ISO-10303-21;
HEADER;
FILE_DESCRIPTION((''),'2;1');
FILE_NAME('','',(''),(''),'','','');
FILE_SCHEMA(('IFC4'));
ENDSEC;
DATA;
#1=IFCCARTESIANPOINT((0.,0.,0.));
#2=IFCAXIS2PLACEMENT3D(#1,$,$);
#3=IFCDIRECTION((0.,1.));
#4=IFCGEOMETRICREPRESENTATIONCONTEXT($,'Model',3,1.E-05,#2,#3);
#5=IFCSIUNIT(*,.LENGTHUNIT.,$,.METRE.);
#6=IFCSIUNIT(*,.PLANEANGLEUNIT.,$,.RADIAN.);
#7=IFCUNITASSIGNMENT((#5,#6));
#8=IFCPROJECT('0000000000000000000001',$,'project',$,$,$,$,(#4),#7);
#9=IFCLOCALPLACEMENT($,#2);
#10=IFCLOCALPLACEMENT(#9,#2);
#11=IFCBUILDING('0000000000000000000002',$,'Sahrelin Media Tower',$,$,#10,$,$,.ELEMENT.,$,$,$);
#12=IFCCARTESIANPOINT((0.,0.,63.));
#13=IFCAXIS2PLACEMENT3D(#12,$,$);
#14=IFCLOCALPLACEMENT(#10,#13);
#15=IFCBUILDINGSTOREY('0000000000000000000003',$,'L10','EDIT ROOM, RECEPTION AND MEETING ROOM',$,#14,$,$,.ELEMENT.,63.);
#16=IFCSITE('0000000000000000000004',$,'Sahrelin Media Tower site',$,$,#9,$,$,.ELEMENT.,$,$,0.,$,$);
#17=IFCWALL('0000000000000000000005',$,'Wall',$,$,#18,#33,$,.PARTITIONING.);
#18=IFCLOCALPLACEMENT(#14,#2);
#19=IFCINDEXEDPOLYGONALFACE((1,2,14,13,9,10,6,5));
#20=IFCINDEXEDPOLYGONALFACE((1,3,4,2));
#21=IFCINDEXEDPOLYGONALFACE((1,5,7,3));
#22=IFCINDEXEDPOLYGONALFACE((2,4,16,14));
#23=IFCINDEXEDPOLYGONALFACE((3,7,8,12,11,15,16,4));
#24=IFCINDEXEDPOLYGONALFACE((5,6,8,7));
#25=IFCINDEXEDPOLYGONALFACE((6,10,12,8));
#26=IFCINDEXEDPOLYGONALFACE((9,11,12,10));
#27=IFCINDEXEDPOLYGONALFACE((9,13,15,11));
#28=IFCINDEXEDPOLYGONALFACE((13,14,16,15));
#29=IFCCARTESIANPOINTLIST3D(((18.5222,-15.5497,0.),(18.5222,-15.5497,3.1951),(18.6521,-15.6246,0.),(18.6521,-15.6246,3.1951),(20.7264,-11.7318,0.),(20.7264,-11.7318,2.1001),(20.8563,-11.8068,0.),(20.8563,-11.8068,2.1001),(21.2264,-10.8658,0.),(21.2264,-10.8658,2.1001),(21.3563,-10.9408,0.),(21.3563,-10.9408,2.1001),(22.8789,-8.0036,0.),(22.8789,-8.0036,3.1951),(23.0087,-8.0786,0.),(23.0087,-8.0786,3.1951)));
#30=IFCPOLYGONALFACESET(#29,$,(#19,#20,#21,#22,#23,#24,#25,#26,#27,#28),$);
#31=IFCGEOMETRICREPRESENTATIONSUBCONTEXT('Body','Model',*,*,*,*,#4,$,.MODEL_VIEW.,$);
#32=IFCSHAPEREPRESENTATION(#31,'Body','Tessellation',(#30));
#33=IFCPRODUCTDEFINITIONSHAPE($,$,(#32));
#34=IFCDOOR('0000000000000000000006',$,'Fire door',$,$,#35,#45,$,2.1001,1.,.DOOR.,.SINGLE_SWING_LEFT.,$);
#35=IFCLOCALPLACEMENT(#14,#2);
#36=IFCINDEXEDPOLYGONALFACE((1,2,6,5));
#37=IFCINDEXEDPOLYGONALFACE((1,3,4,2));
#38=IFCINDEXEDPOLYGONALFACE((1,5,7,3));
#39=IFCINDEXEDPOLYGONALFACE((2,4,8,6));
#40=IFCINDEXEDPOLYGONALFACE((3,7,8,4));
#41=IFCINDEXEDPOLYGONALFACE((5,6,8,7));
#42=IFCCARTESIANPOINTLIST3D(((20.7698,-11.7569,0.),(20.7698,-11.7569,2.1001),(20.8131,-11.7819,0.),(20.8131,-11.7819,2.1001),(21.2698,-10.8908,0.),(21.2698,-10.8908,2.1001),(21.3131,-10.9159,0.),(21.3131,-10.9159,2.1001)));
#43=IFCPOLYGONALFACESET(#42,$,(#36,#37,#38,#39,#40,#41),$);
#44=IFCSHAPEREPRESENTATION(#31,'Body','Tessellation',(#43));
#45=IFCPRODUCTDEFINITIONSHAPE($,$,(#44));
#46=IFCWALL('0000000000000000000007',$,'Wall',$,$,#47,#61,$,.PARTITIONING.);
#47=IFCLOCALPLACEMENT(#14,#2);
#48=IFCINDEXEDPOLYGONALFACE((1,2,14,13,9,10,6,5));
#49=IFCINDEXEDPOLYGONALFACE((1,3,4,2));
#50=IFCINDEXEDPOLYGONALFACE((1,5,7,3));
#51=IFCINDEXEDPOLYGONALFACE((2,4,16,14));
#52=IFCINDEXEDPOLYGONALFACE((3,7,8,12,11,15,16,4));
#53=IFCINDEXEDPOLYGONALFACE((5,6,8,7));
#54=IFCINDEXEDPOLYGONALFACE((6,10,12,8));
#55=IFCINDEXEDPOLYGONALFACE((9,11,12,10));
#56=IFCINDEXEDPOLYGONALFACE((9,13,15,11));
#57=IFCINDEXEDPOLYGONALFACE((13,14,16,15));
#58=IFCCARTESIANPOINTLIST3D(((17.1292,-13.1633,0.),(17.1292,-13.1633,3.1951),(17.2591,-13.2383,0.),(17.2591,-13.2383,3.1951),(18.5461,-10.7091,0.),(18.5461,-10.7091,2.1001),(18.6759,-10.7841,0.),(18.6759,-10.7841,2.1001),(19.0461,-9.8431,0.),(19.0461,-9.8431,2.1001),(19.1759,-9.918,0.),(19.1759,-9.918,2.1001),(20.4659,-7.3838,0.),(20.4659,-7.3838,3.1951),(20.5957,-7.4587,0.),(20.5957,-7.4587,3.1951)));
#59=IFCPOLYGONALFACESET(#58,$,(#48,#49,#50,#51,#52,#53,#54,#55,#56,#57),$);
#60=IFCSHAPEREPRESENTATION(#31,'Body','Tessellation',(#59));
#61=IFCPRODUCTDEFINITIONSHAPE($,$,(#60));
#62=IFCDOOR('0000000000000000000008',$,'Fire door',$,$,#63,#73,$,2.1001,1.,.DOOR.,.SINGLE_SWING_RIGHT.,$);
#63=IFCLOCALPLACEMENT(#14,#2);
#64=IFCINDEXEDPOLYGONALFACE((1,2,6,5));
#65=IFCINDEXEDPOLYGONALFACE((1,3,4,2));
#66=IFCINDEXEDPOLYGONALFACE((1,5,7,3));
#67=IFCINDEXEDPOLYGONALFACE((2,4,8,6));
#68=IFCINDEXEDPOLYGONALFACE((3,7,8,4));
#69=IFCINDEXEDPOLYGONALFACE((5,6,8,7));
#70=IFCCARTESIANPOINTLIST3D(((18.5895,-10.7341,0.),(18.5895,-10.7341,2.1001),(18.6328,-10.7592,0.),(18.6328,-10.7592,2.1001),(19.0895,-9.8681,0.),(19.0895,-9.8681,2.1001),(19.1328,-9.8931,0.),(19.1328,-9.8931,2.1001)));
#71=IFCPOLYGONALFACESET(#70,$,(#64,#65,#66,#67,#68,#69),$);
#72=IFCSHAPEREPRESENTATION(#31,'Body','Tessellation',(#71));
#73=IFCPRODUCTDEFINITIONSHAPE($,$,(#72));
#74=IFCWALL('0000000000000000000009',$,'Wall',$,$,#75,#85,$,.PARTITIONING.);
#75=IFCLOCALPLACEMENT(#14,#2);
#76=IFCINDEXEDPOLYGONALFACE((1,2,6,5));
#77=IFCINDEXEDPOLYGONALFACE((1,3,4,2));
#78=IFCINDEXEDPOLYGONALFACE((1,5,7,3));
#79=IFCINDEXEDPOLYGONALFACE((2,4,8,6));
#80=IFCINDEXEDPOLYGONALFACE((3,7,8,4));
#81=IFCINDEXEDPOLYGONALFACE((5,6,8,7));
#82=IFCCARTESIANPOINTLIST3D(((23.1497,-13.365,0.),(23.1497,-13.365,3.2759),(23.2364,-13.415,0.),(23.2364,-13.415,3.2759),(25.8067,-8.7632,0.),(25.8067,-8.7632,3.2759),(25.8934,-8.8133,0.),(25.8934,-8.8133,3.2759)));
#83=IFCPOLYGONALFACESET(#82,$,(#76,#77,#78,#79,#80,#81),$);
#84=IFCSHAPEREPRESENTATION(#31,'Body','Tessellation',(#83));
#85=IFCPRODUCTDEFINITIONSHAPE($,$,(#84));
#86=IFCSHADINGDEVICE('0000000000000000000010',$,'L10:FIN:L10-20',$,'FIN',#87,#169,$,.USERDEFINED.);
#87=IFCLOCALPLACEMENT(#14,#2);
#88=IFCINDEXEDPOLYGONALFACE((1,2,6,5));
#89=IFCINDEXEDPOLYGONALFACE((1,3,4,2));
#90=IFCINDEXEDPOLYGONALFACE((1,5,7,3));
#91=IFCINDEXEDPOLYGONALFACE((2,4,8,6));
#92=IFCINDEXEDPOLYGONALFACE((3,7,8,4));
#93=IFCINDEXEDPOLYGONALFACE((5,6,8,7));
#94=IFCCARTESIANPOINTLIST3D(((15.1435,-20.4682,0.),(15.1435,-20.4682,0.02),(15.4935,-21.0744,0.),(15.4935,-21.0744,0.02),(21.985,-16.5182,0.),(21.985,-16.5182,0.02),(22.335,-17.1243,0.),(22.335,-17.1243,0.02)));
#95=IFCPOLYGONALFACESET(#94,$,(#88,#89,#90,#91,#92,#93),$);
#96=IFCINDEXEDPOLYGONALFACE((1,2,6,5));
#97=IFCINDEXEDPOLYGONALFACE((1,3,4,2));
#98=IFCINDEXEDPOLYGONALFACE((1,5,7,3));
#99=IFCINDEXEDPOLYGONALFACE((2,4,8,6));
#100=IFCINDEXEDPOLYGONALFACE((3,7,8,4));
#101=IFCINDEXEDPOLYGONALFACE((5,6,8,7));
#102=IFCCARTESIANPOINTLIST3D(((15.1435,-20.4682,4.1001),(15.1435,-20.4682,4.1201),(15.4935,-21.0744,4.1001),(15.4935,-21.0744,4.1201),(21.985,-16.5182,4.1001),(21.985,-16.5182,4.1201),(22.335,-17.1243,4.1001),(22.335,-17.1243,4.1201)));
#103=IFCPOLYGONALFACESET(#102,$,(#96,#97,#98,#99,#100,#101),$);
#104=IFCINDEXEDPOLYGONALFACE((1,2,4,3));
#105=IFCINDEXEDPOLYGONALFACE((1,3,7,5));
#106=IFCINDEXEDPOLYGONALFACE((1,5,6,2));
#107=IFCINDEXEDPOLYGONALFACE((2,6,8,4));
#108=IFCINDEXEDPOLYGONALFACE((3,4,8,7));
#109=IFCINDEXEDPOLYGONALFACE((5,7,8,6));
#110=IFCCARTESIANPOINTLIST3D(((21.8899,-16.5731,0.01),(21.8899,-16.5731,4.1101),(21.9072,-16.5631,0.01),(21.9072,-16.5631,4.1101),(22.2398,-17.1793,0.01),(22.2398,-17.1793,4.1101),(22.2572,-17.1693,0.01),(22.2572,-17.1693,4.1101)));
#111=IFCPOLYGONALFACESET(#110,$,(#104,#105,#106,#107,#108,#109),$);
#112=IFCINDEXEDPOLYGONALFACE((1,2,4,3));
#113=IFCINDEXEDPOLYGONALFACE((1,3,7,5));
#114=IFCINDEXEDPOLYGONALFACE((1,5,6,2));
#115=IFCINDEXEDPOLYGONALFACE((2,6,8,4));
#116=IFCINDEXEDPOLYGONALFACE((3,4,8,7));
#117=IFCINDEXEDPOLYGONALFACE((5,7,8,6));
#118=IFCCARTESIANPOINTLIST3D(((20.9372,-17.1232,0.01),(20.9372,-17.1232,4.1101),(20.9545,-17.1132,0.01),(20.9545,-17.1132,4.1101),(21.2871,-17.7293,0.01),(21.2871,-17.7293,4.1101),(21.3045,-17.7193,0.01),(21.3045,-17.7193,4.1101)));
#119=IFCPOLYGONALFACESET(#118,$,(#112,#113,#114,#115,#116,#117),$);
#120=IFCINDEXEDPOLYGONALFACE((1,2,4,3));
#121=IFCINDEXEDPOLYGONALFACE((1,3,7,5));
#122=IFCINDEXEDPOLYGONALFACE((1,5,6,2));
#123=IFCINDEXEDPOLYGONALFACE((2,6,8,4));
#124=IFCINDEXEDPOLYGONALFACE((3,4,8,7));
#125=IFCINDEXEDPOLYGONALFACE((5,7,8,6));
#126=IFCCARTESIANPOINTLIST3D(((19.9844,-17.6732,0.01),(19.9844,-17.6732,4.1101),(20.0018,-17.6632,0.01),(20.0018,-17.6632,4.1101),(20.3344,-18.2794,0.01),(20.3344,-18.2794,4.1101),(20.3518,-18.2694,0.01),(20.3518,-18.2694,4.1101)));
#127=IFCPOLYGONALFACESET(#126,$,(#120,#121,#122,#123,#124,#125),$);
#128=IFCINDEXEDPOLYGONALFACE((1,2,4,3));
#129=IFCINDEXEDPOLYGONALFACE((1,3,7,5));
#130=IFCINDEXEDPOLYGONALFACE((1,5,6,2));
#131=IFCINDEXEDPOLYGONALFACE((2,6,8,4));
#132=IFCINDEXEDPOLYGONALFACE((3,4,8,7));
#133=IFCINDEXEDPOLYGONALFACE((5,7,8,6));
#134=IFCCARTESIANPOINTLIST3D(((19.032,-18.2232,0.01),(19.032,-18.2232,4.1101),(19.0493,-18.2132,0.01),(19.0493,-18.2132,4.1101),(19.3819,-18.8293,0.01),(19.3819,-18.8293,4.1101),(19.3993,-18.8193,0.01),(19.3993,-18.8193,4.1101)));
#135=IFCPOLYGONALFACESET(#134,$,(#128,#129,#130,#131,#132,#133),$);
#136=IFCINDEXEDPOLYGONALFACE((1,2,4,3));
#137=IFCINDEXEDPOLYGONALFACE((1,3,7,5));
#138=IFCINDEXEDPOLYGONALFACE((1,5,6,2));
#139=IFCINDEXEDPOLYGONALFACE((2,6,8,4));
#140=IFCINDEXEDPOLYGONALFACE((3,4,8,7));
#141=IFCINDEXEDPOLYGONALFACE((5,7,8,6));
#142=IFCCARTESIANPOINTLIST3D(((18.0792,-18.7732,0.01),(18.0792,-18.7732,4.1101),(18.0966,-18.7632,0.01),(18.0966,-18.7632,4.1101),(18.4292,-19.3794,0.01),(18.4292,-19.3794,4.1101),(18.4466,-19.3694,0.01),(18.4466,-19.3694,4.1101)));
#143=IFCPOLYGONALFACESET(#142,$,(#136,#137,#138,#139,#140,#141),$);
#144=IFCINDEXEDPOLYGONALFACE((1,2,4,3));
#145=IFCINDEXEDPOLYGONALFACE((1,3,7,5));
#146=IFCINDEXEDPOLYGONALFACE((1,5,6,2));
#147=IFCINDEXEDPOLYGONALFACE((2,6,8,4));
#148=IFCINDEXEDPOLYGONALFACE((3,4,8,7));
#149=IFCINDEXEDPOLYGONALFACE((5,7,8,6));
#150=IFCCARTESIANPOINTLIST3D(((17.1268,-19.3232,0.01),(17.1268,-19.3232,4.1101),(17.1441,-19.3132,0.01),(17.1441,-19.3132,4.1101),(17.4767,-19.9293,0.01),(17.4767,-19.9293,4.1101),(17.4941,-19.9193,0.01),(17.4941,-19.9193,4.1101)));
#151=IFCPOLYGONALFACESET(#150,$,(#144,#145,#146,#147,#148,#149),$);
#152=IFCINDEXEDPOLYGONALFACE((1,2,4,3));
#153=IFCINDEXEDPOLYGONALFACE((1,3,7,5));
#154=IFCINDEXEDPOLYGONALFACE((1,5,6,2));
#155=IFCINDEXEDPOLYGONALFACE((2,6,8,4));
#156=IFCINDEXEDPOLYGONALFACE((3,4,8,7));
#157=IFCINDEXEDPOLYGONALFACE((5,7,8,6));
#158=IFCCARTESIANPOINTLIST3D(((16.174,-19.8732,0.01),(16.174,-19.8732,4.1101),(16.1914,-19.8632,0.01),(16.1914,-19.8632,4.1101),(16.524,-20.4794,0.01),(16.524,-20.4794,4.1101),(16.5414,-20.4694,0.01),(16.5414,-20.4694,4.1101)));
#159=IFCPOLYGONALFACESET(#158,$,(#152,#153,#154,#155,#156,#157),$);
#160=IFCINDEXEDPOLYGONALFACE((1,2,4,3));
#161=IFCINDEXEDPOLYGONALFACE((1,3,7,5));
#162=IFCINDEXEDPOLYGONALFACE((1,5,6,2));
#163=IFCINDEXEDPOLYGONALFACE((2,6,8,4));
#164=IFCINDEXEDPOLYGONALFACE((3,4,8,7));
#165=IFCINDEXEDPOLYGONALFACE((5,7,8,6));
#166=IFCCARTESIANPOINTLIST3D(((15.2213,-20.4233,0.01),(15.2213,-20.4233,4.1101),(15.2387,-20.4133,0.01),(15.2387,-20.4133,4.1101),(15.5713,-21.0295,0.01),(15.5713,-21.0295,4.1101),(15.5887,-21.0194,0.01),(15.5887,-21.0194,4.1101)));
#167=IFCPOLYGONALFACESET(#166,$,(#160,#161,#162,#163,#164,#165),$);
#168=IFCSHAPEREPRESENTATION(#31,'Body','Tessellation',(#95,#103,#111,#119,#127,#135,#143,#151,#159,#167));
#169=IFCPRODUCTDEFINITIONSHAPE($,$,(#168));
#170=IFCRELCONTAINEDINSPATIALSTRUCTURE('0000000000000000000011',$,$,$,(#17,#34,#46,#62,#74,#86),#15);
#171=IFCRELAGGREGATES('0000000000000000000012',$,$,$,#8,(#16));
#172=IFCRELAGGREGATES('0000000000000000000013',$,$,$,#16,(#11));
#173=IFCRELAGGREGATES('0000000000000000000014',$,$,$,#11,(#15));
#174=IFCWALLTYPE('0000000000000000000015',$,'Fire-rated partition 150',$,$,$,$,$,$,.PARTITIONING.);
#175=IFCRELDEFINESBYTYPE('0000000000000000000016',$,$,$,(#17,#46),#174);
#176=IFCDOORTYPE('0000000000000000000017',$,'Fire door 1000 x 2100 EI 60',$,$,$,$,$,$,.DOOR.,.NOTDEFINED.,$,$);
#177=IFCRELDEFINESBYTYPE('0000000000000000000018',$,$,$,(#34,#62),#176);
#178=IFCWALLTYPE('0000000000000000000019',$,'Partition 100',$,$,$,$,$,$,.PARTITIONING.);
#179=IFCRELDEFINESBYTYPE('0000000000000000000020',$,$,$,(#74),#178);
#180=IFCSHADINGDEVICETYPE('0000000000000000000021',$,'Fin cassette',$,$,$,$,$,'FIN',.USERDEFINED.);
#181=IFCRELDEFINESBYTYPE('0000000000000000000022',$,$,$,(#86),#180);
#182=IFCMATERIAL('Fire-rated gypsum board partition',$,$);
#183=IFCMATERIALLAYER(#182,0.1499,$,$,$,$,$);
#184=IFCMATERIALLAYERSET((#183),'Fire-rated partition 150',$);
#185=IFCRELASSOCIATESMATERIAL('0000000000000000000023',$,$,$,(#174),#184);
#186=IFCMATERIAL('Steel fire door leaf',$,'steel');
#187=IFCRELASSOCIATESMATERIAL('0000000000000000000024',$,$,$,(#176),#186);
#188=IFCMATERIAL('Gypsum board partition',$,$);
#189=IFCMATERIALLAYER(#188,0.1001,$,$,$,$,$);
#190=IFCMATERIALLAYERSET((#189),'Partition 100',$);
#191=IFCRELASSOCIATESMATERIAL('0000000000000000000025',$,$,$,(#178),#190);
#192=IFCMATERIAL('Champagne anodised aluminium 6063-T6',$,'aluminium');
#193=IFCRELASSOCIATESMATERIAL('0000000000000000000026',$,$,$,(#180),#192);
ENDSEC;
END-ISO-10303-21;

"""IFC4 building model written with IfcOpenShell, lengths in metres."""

from ifc_helpers import new_model, si_unit, direction, frame, frame_2d, origin, origin_2d, place, context, subcontext, project, spatial, rectangle, extrude, material, layer, layer_set, type_object, element, fill, save


model = new_model("IFC4")

# Units and contexts
model_context = context("Model", 3, precision=1e-05, world=origin(), true_north=direction((0.0, 1.0)))
body_context = subcontext(model_context, "Body", "Model", "MODEL_VIEW")
ifc_project = project(units=[si_unit("LENGTHUNIT", "METRE"), si_unit("PLANEANGLEUNIT", "RADIAN")], contexts=[model_context])

# Site, building, storey
site_placement = place(None, origin())
site = spatial("IfcSite", under=ifc_project, at=site_placement, Name="Sahrelin Media Tower site", CompositionType="ELEMENT", RefElevation=0.0)
building_placement = place(site_placement, origin())
building = spatial("IfcBuilding", under=site, at=building_placement, Name="Sahrelin Media Tower", CompositionType="ELEMENT")
storey_placement = place(building_placement, frame((0.0, 0.0, 63.0)))
storey = spatial("IfcBuildingStorey", under=building, at=storey_placement, Name="L10", Description="EDIT ROOM, RECEPTION AND MEETING ROOM", CompositionType="ELEMENT", Elevation=63.0)

# Shared definitions
ifc_material_1 = material(Name="Champagne anodised aluminium 6063-T6", Category="aluminium")

# Shared definitions
ifc_material_2 = material(Name="Fire-rated gypsum board partition")
ifc_layer_1 = layer(ifc_material_2, 0.1499)
ifc_layer_set_1 = layer_set([ifc_layer_1], Name="Fire-rated partition 150")
wall_type_1 = type_object("IfcWallType", Name="Fire-rated partition 150", PredefinedType="PARTITIONING", material=ifc_layer_set_1)

# Walls, openings, doors
wall_1_placement = place(storey_placement, frame((18.5872, -15.5872, 0.0), z_axis=(0.0, 0.0, 1.0), x_axis=(0.499993, 0.866029, 0.0)))
wall_1 = element("IfcWall", 1, at=wall_1_placement, inside=storey, type_object=wall_type_1, Name="Wall", PredefinedType="PARTITIONING", context=body_context, shape_type="SweptSolid", body=[
    extrude(rectangle(XDim=8.7134, YDim=0.1499, at=frame_2d((4.3567, 0.0))), origin(), (0.0, 0.0, 1.0), 3.1951),
])
opening_1_placement = place(wall_1_placement, frame((4.4084, 0.0, 0.0)))
opening_1 = element("IfcOpeningElement", 2, at=opening_1_placement, cuts=wall_1, PredefinedType="OPENING", context=body_context, shape_type="SweptSolid", body=[
    extrude(rectangle(XDim=1.0, YDim=2.1001, at=frame_2d((0.5, 1.05))), frame((0.0, 0.075, 0.0), z_axis=(0.0, -1.0, 0.0), x_axis=(1.0, 0.0, 0.0)), (0.0, 0.0, 1.0), 0.1499),
])
ifc_material_3 = material(Name="Steel fire door leaf", Category="steel")
door_type = type_object("IfcDoorType", Name="Fire door 1000 x 2100 EI 60", OperationType="NOTDEFINED", PredefinedType="DOOR", material=ifc_material_3)
door_1_placement = place(opening_1_placement, origin())
door_1 = element("IfcDoor", 3, at=door_1_placement, inside=storey, type_object=door_type, Name="Fire door", OperationType="SINGLE_SWING_LEFT", OverallHeight=2.1001, OverallWidth=1.0, PredefinedType="DOOR", context=body_context, shape_type="SweptSolid", body=[
    extrude(rectangle(XDim=1.0, YDim=2.1001, at=frame_2d((0.5, 1.05))), frame((0.0, 0.0249, 0.0), z_axis=(0.0, -1.0, 0.0), x_axis=(1.0, 0.0, 0.0)), (0.0, 0.0, 1.0), 0.05),
])
fill(opening_1, door_1)
wall_2_placement = place(storey_placement, frame((17.1941, -13.2009, 0.0), z_axis=(0.0, 0.0, 1.0), x_axis=(0.499983, 0.866035, 0.0)))
wall_2 = element("IfcWall", 4, at=wall_2_placement, inside=storey, type_object=wall_type_1, Name="Wall", PredefinedType="PARTITIONING", context=body_context, shape_type="SweptSolid", body=[
    extrude(rectangle(XDim=6.6736, YDim=0.1499, at=frame_2d((3.3369, 0.0))), origin(), (0.0, 0.0, 1.0), 3.1951),
])
opening_2_placement = place(wall_2_placement, frame((2.834, 0.0, 0.0)))
opening_2 = element("IfcOpeningElement", 5, at=opening_2_placement, cuts=wall_2, PredefinedType="OPENING", context=body_context, shape_type="SweptSolid", body=[
    extrude(rectangle(XDim=1.0, YDim=2.1001, at=frame_2d((0.5, 1.05))), frame((0.0, 0.075, 0.0), z_axis=(0.0, -1.0, 0.0), x_axis=(1.0, 0.0, 0.0)), (0.0, 0.0, 1.0), 0.1499),
])
door_2_placement = place(opening_2_placement, origin())
door_2 = element("IfcDoor", 6, at=door_2_placement, inside=storey, type_object=door_type, Name="Fire door", OperationType="SINGLE_SWING_RIGHT", OverallHeight=2.1001, OverallWidth=1.0, PredefinedType="DOOR", context=body_context, shape_type="SweptSolid", body=[
    extrude(rectangle(XDim=1.0, YDim=2.1001, at=frame_2d((0.5, 1.05))), frame((0.0, 0.0249, 0.0), z_axis=(0.0, -1.0, 0.0), x_axis=(1.0, 0.0, 0.0)), (0.0, 0.0, 1.0), 0.05),
])
fill(opening_2, door_2)

# Wall
ifc_material_4 = material(Name="Gypsum board partition")
ifc_layer_2 = layer(ifc_material_4, 0.1001)
ifc_layer_set_2 = layer_set([ifc_layer_2], Name="Partition 100")
wall_type_2 = type_object("IfcWallType", Name="Partition 100", PredefinedType="PARTITIONING", material=ifc_layer_set_2)
wall_3_placement = place(storey_placement, frame((23.1931, -13.3899, 0.0), z_axis=(0.0, 0.0, 1.0), x_axis=(0.500018, 0.866015, 0.0)))
element("IfcWall", 7, at=wall_3_placement, inside=storey, type_object=wall_type_2, Name="Wall", PredefinedType="PARTITIONING", context=body_context, shape_type="SweptSolid", body=[
    extrude(rectangle(XDim=5.3137, YDim=0.1001, at=frame_2d((2.6567, 0.0))), origin(), (0.0, 0.0, 1.0), 3.2759),
])

# Shading device
shading_device_type_1 = type_object("IfcShadingDeviceType", Name="Fin cassette", ElementType="FIN", PredefinedType="USERDEFINED", material=ifc_material_1)
placement_1 = place(storey_placement, frame((18.5293, -18.4326, 0.0), z_axis=(0.0, 0.0, 1.0), x_axis=(-0.866019, -0.500011, 0.0)))
element("IfcShadingDevice", 8, at=placement_1, inside=storey, type_object=shading_device_type_1, Name="L10:FIN:L10-20", ObjectType="FIN", PredefinedType="USERDEFINED", context=body_context, shape_type="SweptSolid", body=[
    extrude(rectangle(XDim=7.8999, YDim=0.7, at=origin_2d()), frame((0.0, 0.4199, 0.0)), (0.0, 0.0, 1.0), 0.02),
    extrude(rectangle(XDim=7.8999, YDim=0.7, at=origin_2d()), frame((0.0, 0.4199, 4.1001)), (0.0, 0.0, 1.0), 0.02),
    extrude(rectangle(XDim=0.02, YDim=0.7, at=origin_2d()), frame((-3.8501, 0.4199, 0.01), z_axis=(0.0, 0.0, 1.0), x_axis=(1.0, 0.0, 0.0)), (0.0, 0.0, 1.0), 4.1001),
    extrude(rectangle(XDim=0.02, YDim=0.7, at=origin_2d()), frame((-2.75, 0.4199, 0.01), z_axis=(0.0, 0.0, 1.0), x_axis=(1.0, 0.0, 0.0)), (0.0, 0.0, 1.0), 4.1001),
    extrude(rectangle(XDim=0.02, YDim=0.7, at=origin_2d()), frame((-1.6499, 0.4199, 0.01), z_axis=(0.0, 0.0, 1.0), x_axis=(1.0, 0.0, 0.0)), (0.0, 0.0, 1.0), 4.1001),
    extrude(rectangle(XDim=0.02, YDim=0.7, at=origin_2d()), frame((-0.55, 0.4199, 0.01), z_axis=(0.0, 0.0, 1.0), x_axis=(1.0, 0.0, 0.0)), (0.0, 0.0, 1.0), 4.1001),
    extrude(rectangle(XDim=0.02, YDim=0.7, at=origin_2d()), frame((0.55, 0.4199, 0.01), z_axis=(0.0, 0.0, 1.0), x_axis=(1.0, 0.0, 0.0)), (0.0, 0.0, 1.0), 4.1001),
    extrude(rectangle(XDim=0.02, YDim=0.7, at=origin_2d()), frame((1.6499, 0.4199, 0.01), z_axis=(0.0, 0.0, 1.0), x_axis=(1.0, 0.0, 0.0)), (0.0, 0.0, 1.0), 4.1001),
    extrude(rectangle(XDim=0.02, YDim=0.7, at=origin_2d()), frame((2.75, 0.4199, 0.01), z_axis=(0.0, 0.0, 1.0), x_axis=(1.0, 0.0, 0.0)), (0.0, 0.0, 1.0), 4.1001),
    extrude(rectangle(XDim=0.02, YDim=0.7, at=origin_2d()), frame((3.8501, 0.4199, 0.01), z_axis=(0.0, 0.0, 1.0), x_axis=(1.0, 0.0, 0.0)), (0.0, 0.0, 1.0), 4.1001),
])

save(model, "model.ifc")
